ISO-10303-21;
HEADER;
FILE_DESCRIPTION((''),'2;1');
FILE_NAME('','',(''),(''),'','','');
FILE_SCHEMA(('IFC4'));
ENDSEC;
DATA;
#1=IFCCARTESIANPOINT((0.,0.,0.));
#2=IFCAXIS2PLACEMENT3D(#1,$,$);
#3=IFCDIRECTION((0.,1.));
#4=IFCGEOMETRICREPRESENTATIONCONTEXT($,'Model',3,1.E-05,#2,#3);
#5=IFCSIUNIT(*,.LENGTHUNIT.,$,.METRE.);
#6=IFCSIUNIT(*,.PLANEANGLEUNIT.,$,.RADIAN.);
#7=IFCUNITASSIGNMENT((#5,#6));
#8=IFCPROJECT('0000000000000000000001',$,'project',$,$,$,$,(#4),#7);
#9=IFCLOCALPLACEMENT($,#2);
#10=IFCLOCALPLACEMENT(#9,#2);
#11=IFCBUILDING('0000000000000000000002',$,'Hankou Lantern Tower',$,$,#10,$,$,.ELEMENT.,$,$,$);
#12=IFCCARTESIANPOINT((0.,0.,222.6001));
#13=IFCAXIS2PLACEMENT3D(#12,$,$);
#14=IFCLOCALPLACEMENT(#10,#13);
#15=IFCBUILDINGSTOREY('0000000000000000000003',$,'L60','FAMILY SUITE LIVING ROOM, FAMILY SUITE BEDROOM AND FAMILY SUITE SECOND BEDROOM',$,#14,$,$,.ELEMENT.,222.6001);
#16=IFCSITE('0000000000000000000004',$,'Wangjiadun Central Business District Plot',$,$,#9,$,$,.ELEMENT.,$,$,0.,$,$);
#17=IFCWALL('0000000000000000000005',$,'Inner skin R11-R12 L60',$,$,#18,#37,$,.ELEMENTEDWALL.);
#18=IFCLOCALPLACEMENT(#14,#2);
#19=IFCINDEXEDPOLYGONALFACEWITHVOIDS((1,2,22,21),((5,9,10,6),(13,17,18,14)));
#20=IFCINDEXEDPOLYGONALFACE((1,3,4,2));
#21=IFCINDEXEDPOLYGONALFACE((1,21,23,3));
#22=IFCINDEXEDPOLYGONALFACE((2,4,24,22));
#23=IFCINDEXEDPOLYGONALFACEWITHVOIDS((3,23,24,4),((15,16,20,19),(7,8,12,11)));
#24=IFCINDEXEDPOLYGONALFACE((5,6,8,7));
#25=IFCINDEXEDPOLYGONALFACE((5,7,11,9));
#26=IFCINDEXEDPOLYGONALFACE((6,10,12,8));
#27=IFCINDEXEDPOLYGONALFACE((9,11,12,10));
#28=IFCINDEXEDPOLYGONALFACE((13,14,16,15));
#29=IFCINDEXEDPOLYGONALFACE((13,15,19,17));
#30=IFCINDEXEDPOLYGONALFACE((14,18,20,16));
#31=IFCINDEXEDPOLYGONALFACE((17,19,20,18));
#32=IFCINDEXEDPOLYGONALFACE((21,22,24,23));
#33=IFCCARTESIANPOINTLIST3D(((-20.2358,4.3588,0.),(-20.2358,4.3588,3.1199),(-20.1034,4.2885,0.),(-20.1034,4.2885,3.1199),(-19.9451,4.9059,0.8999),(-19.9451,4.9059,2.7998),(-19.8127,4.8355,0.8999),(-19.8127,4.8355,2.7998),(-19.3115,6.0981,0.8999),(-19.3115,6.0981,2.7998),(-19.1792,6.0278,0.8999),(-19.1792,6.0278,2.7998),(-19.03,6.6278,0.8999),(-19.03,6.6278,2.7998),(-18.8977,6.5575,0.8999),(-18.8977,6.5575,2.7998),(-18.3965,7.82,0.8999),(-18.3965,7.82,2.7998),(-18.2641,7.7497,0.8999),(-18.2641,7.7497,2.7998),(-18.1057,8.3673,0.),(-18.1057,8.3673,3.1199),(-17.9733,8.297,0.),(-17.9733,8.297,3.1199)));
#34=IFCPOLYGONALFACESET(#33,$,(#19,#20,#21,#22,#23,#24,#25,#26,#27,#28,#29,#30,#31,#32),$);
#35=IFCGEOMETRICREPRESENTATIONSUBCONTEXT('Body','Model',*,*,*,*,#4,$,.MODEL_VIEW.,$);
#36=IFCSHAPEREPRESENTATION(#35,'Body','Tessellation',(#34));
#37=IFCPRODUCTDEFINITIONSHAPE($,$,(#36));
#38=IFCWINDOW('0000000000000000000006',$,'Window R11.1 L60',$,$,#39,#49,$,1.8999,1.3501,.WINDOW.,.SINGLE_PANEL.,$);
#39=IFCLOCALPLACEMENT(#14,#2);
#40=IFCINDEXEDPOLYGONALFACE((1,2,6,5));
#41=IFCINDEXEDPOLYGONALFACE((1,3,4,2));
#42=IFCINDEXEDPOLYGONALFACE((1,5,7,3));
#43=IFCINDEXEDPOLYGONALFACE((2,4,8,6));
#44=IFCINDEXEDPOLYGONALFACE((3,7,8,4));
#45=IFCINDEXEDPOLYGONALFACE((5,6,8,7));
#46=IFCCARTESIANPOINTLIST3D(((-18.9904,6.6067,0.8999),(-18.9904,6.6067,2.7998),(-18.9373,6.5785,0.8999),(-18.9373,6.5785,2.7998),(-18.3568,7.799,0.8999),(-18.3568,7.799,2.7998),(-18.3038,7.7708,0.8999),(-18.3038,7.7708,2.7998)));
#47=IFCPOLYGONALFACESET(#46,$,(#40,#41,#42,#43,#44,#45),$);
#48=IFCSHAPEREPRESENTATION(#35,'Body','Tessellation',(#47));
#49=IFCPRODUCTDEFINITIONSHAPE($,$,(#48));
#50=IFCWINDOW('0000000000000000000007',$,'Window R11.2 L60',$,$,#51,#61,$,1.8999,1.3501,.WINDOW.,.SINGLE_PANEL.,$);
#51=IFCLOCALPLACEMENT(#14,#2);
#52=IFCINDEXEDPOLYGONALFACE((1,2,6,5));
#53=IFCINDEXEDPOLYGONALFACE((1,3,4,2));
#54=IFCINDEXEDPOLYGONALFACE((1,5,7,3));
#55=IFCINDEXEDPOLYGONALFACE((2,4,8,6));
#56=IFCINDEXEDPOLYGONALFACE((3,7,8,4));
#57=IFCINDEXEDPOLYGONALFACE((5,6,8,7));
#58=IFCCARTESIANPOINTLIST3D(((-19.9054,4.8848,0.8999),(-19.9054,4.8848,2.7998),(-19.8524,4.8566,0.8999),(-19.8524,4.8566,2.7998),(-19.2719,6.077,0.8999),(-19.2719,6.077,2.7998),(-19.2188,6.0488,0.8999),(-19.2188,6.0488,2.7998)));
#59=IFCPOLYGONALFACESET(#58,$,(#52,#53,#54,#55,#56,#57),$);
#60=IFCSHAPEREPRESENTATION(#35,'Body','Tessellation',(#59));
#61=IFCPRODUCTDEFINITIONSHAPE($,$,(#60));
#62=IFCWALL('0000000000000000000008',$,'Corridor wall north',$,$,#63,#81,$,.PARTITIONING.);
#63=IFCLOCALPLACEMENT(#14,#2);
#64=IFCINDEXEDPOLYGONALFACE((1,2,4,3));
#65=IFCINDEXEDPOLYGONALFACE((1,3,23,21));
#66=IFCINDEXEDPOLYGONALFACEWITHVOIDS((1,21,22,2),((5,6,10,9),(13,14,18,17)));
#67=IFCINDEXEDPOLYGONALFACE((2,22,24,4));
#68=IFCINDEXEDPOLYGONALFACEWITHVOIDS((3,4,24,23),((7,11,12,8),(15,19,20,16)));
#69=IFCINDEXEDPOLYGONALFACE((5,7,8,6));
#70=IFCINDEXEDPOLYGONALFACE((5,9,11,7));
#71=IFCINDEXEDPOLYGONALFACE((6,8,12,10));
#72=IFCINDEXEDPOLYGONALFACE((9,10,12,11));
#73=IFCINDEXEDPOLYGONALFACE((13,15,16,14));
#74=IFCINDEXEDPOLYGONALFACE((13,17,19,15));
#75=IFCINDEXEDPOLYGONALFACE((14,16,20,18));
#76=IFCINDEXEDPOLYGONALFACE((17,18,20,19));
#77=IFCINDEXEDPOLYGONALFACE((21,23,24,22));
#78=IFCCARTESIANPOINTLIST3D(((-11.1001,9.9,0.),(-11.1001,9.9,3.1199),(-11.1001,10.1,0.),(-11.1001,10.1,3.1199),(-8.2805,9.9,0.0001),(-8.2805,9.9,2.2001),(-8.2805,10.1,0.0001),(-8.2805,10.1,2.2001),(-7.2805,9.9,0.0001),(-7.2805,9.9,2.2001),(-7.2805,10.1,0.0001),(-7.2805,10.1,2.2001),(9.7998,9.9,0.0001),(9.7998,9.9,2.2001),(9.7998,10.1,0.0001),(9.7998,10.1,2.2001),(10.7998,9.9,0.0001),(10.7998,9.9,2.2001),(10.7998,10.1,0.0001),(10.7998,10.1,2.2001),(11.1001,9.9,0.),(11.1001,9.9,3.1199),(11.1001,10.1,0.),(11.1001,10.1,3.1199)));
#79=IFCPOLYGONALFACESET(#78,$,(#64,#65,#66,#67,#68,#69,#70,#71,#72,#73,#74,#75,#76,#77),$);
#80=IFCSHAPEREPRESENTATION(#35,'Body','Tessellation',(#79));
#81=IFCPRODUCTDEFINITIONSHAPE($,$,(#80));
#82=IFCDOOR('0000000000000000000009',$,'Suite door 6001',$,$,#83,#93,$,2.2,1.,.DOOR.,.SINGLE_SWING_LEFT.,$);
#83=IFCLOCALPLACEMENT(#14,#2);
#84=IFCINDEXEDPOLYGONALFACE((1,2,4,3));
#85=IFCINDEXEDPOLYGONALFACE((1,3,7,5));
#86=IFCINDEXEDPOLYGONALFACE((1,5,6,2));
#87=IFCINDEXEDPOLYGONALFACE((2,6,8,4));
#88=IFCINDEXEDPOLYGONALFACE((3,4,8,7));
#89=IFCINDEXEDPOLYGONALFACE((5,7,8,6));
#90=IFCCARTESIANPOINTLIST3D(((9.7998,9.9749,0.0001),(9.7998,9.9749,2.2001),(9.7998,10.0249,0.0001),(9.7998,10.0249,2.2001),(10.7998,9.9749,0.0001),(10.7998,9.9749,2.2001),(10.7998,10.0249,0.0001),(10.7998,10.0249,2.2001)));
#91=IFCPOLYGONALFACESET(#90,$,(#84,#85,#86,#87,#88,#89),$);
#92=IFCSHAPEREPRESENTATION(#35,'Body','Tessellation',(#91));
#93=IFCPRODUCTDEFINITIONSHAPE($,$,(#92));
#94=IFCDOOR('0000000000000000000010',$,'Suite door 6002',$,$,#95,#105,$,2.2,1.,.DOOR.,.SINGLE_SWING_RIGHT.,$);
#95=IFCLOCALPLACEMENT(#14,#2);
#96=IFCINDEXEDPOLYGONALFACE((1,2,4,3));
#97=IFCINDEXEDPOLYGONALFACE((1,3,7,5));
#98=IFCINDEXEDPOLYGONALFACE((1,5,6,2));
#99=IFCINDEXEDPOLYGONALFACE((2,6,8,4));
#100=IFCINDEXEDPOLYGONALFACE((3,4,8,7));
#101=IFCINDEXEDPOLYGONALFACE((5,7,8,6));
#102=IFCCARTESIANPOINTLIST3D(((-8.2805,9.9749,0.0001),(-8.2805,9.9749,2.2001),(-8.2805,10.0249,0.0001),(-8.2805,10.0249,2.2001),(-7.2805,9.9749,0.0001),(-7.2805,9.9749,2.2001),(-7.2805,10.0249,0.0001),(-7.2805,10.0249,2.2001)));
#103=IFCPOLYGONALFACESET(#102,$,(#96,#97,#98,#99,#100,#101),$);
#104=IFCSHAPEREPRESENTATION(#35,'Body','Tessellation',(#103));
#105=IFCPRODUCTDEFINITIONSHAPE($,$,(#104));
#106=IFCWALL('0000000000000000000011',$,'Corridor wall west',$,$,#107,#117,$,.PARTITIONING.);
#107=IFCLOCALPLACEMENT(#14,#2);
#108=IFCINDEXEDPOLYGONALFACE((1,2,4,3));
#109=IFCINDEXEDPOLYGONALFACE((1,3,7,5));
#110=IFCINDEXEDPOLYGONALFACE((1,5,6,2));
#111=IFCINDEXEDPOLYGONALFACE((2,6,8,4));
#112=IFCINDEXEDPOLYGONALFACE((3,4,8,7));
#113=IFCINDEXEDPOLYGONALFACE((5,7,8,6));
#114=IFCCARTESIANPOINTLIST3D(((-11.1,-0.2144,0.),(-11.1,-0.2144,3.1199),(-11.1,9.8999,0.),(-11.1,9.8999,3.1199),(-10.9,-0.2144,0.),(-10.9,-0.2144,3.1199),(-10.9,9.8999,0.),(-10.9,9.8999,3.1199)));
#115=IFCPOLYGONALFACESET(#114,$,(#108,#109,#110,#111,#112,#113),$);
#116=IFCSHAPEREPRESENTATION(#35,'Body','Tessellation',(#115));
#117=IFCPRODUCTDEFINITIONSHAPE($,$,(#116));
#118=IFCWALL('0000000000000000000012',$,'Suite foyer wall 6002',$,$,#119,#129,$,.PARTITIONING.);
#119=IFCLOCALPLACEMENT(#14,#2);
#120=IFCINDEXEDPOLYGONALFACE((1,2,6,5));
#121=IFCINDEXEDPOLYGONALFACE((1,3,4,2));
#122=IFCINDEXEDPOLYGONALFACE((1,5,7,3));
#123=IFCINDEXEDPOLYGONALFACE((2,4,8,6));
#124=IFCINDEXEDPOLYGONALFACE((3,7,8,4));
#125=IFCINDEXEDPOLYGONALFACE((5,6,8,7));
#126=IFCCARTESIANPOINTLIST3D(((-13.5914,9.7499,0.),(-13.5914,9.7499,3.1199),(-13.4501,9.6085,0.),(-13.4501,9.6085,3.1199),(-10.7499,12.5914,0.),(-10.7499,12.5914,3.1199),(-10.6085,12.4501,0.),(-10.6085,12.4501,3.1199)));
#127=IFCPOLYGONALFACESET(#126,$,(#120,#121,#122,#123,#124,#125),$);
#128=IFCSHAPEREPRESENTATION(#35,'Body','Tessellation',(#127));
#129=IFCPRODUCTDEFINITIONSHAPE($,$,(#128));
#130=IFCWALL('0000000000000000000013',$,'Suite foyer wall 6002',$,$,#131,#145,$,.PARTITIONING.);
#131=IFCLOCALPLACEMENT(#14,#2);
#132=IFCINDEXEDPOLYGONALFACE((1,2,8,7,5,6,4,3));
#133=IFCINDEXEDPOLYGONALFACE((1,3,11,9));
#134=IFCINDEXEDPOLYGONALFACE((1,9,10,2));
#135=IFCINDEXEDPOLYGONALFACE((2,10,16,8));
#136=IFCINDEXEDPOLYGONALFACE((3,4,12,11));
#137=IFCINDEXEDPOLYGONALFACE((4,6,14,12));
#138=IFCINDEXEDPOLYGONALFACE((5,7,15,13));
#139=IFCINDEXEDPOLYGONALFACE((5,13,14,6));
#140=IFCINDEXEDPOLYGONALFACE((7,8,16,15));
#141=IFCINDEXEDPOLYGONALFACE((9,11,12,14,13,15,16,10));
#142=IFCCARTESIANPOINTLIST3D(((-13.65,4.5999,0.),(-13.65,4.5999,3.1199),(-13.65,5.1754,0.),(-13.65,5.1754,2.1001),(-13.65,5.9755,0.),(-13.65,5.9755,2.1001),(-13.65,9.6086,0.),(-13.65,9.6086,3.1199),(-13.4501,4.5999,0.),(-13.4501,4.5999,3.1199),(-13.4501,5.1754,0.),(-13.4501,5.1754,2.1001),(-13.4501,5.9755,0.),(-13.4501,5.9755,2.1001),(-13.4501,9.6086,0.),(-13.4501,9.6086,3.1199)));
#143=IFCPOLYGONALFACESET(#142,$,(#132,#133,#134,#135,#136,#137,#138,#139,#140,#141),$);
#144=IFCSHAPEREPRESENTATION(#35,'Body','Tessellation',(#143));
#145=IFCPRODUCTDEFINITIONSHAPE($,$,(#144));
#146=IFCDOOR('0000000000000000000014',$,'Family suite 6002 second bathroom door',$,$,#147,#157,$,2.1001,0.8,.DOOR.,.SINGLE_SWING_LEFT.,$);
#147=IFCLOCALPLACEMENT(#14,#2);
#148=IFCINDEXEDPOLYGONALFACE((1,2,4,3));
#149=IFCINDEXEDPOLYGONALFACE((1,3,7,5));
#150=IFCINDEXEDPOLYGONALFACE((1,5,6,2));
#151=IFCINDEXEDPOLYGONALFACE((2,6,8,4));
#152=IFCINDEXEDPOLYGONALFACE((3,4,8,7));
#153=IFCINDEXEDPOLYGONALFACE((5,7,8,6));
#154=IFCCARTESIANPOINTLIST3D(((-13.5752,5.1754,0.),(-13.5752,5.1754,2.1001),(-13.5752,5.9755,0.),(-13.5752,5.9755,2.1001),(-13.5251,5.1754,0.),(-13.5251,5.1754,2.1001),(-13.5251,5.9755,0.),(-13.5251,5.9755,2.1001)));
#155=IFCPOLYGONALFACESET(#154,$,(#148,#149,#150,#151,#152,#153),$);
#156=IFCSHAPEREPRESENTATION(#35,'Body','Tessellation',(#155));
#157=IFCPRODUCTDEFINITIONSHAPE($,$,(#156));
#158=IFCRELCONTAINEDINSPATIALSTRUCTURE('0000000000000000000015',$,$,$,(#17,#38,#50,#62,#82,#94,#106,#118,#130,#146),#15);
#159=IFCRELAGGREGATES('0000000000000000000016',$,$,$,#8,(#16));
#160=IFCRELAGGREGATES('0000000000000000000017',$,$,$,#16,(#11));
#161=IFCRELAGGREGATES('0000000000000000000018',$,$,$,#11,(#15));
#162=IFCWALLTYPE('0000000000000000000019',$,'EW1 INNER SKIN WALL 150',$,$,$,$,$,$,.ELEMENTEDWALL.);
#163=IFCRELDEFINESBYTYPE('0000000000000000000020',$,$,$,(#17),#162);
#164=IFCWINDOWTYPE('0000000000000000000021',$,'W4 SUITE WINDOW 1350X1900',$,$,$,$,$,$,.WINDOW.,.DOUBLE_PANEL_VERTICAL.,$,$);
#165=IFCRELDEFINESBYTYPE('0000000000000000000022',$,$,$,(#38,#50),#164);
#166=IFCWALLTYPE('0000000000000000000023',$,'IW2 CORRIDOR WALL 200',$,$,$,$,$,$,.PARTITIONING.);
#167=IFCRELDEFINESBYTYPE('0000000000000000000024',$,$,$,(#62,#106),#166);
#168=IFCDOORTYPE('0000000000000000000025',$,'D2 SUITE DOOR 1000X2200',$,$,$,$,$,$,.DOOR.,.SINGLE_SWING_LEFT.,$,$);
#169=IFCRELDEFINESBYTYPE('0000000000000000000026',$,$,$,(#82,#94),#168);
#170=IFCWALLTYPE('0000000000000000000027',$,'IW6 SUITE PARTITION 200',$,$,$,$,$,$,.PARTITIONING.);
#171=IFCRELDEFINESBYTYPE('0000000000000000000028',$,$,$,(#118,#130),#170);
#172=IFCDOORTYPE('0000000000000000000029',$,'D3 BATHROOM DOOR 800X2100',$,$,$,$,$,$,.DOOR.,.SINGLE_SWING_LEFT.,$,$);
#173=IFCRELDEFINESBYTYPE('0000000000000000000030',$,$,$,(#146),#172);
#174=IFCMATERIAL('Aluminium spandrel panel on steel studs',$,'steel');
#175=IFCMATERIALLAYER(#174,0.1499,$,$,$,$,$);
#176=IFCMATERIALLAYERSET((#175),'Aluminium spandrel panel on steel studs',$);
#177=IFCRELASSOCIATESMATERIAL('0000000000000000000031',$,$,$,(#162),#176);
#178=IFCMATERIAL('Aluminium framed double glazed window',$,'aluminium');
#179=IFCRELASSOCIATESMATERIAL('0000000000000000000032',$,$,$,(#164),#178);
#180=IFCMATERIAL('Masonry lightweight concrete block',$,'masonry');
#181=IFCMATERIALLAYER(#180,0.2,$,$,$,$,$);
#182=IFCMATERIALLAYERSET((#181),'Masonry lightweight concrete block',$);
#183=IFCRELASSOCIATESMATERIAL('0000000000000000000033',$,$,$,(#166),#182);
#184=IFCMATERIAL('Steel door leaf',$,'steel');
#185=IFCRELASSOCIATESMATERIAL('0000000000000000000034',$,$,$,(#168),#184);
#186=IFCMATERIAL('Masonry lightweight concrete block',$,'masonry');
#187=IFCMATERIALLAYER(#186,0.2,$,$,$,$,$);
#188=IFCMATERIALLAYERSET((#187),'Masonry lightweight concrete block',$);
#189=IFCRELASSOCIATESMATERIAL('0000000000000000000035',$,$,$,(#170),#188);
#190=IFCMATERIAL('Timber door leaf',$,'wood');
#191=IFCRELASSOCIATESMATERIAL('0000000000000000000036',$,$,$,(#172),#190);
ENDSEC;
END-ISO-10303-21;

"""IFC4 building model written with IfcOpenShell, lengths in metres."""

from ifc_helpers import new_model, si_unit, direction, frame, frame_2d, origin, place, context, subcontext, project, spatial, rectangle, extrude, material, layer, layer_set, type_object, element, fill, save


model = new_model("IFC4")

# Units and contexts
model_context = context("Model", 3, precision=1e-05, world=origin(), true_north=direction((0.0, 1.0)))
body_context = subcontext(model_context, "Body", "Model", "MODEL_VIEW")
ifc_project = project(units=[si_unit("LENGTHUNIT", "METRE"), si_unit("PLANEANGLEUNIT", "RADIAN")], contexts=[model_context])

# Site, building, storey
site_placement = place(None, origin())
site = spatial("IfcSite", under=ifc_project, at=site_placement, Name="Wangjiadun Central Business District Plot", CompositionType="ELEMENT", RefElevation=0.0)
building_placement = place(site_placement, origin())
building = spatial("IfcBuilding", under=site, at=building_placement, Name="Hankou Lantern Tower", CompositionType="ELEMENT")
storey_placement = place(building_placement, frame((0.0, 0.0, 222.6001)))
storey = spatial("IfcBuildingStorey", under=building, at=storey_placement, Name="L60", Description="FAMILY SUITE LIVING ROOM, FAMILY SUITE BEDROOM AND FAMILY SUITE SECOND BEDROOM", CompositionType="ELEMENT", Elevation=222.6001)

# Wall, openings, windows
ifc_material_1 = material(Name="Aluminium spandrel panel on steel studs", Category="steel")
ifc_layer_1 = layer(ifc_material_1, 0.1499)
ifc_layer_set_1 = layer_set([ifc_layer_1], Name="Aluminium spandrel panel on steel studs")
wall_type_1 = type_object("IfcWallType", Name="EW1 INNER SKIN WALL 150", PredefinedType="ELEMENTEDWALL", material=ifc_layer_set_1)
ifc_material_2 = material(Name="Aluminium framed double glazed window", Category="aluminium")
window_type = type_object("IfcWindowType", Name="W4 SUITE WINDOW 1350X1900", PartitioningType="DOUBLE_PANEL_VERTICAL", PredefinedType="WINDOW", material=ifc_material_2)
wall_1_placement = place(storey_placement, frame((-18.0396, 8.332, 0.0), z_axis=(0.0, 0.0, 1.0), x_axis=(-0.469256, -0.883062, 0.0)))
wall_1 = element("IfcWall", 1, at=wall_1_placement, inside=storey, type_object=wall_type_1, Name="Inner skin R11-R12 L60", PredefinedType="ELEMENTEDWALL", context=body_context, shape_type="SweptSolid", body=[
    extrude(rectangle(XDim=4.5393, YDim=0.1499, at=frame_2d((2.2695, 0.0))), origin(), (0.0, 0.0, 1.0), 3.1199),
])
opening_1_placement = place(wall_1_placement, frame((0.6196, 0.0, 0.8999)))
opening_1 = element("IfcOpeningElement", 2, at=opening_1_placement, cuts=wall_1, PredefinedType="OPENING", context=body_context, shape_type="SweptSolid", body=[
    extrude(rectangle(XDim=1.3501, YDim=1.8999, at=frame_2d((0.675, 0.95))), frame((0.0, 0.085, 0.0), z_axis=(0.0, -1.0, 0.0), x_axis=(1.0, 0.0, 0.0)), (0.0, 0.0, 1.0), 0.1699),
])
opening_2_placement = place(wall_1_placement, frame((2.5696, 0.0, 0.8999)))
opening_2 = element("IfcOpeningElement", 3, at=opening_2_placement, cuts=wall_1, PredefinedType="OPENING", context=body_context, shape_type="SweptSolid", body=[
    extrude(rectangle(XDim=1.3501, YDim=1.8999, at=frame_2d((0.675, 0.95))), frame((0.0, 0.085, 0.0), z_axis=(0.0, -1.0, 0.0), x_axis=(1.0, 0.0, 0.0)), (0.0, 0.0, 1.0), 0.1699),
])
window_1_placement = place(opening_1_placement, origin())
window_1 = element("IfcWindow", 4, at=window_1_placement, inside=storey, type_object=window_type, Name="Window R11.1 L60", OverallHeight=1.8999, OverallWidth=1.3501, PartitioningType="SINGLE_PANEL", PredefinedType="WINDOW", context=body_context, shape_type="SweptSolid", body=[
    extrude(rectangle(XDim=1.3501, YDim=1.8999, at=frame_2d((0.675, 0.95))), frame((0.0, 0.03, 0.0), z_axis=(0.0, -1.0, 0.0), x_axis=(1.0, 0.0, 0.0)), (0.0, 0.0, 1.0), 0.0601),
])
fill(opening_1, window_1)
window_2_placement = place(opening_2_placement, origin())
window_2 = element("IfcWindow", 5, at=window_2_placement, inside=storey, type_object=window_type, Name="Window R11.2 L60", OverallHeight=1.8999, OverallWidth=1.3501, PartitioningType="SINGLE_PANEL", PredefinedType="WINDOW", context=body_context, shape_type="SweptSolid", body=[
    extrude(rectangle(XDim=1.3501, YDim=1.8999, at=frame_2d((0.675, 0.95))), frame((0.0, 0.03, 0.0), z_axis=(0.0, -1.0, 0.0), x_axis=(1.0, 0.0, 0.0)), (0.0, 0.0, 1.0), 0.0601),
])
fill(opening_2, window_2)

# Wall, openings, doors
ifc_material_3 = material(Name="Masonry lightweight concrete block", Category="masonry")
ifc_layer_2 = layer(ifc_material_3, 0.2)
ifc_layer_set_2 = layer_set([ifc_layer_2], Name="Masonry lightweight concrete block")
wall_type_2 = type_object("IfcWallType", Name="IW2 CORRIDOR WALL 200", PredefinedType="PARTITIONING", material=ifc_layer_set_2)
wall_2_placement = place(storey_placement, frame((-11.1001, 10.0, 0.0), z_axis=(0.0, 0.0, 1.0), x_axis=(1.0, 0.0, 0.0)))
wall_2 = element("IfcWall", 6, at=wall_2_placement, inside=storey, type_object=wall_type_2, Name="Corridor wall north", PredefinedType="PARTITIONING", context=body_context, shape_type="SweptSolid", body=[
    extrude(rectangle(XDim=22.2002, YDim=0.2, at=frame_2d((11.1001, 0.0))), origin(), (0.0, 0.0, 1.0), 3.1199),
])
opening_3_placement = place(wall_2_placement, frame((20.8999, 0.0, 0.0)))
opening_3 = element("IfcOpeningElement", 7, at=opening_3_placement, cuts=wall_2, PredefinedType="OPENING", context=body_context, shape_type="SweptSolid", body=[
    extrude(rectangle(XDim=1.0, YDim=2.2, at=frame_2d((0.5, 1.1001))), frame((0.0, 0.1099, 0.0), z_axis=(0.0, -1.0, 0.0), x_axis=(1.0, 0.0, 0.0)), (0.0, 0.0, 1.0), 0.22),
])
opening_4_placement = place(wall_2_placement, frame((2.8196, 0.0, 0.0)))
opening_4 = element("IfcOpeningElement", 8, at=opening_4_placement, cuts=wall_2, PredefinedType="OPENING", context=body_context, shape_type="SweptSolid", body=[
    extrude(rectangle(XDim=1.0, YDim=2.2, at=frame_2d((0.5, 1.1001))), frame((0.0, 0.1099, 0.0), z_axis=(0.0, -1.0, 0.0), x_axis=(1.0, 0.0, 0.0)), (0.0, 0.0, 1.0), 0.22),
])
ifc_material_4 = material(Name="Steel door leaf", Category="steel")
door_type_1 = type_object("IfcDoorType", Name="D2 SUITE DOOR 1000X2200", OperationType="SINGLE_SWING_LEFT", PredefinedType="DOOR", material=ifc_material_4)
door_1_placement = place(opening_3_placement, origin())
door_1 = element("IfcDoor", 9, at=door_1_placement, inside=storey, type_object=door_type_1, Name="Suite door 6001", OperationType="SINGLE_SWING_LEFT", OverallHeight=2.2, OverallWidth=1.0, PredefinedType="DOOR", context=body_context, shape_type="SweptSolid", body=[
    extrude(rectangle(XDim=1.0, YDim=2.2, at=frame_2d((0.5, 1.1001))), frame((0.0, 0.0249, 0.0), z_axis=(0.0, -1.0, 0.0), x_axis=(1.0, 0.0, 0.0)), (0.0, 0.0, 1.0), 0.05),
])
fill(opening_3, door_1)
door_2_placement = place(opening_4_placement, origin())
door_2 = element("IfcDoor", 10, at=door_2_placement, inside=storey, type_object=door_type_1, Name="Suite door 6002", OperationType="SINGLE_SWING_RIGHT", OverallHeight=2.2, OverallWidth=1.0, PredefinedType="DOOR", context=body_context, shape_type="SweptSolid", body=[
    extrude(rectangle(XDim=1.0, YDim=2.2, at=frame_2d((0.5, 1.1001))), frame((0.0, 0.0249, 0.0), z_axis=(0.0, -1.0, 0.0), x_axis=(1.0, 0.0, 0.0)), (0.0, 0.0, 1.0), 0.05),
])
fill(opening_4, door_2)

# Walls
wall_3_placement = place(storey_placement, frame((-11.0, 9.8999, 0.0), z_axis=(0.0, 0.0, 1.0), x_axis=(0.0, -1.0, 0.0)))
element("IfcWall", 11, at=wall_3_placement, inside=storey, type_object=wall_type_2, Name="Corridor wall west", PredefinedType="PARTITIONING", context=body_context, shape_type="SweptSolid", body=[
    extrude(rectangle(XDim=10.1143, YDim=0.2, at=frame_2d((5.0571, 0.0))), origin(), (0.0, 0.0, 1.0), 3.1199),
])
ifc_material_5 = material(Name="Masonry lightweight concrete block", Category="masonry")
ifc_layer_3 = layer(ifc_material_5, 0.2)
ifc_layer_set_3 = layer_set([ifc_layer_3], Name="Masonry lightweight concrete block")
wall_type_3 = type_object("IfcWallType", Name="IW6 SUITE PARTITION 200", PredefinedType="PARTITIONING", material=ifc_layer_set_3)
wall_4_placement = place(storey_placement, frame((-10.6792, 12.5208, 0.0), z_axis=(0.0, 0.0, 1.0), x_axis=(-0.707107, -0.707107, 0.0)))
element("IfcWall", 12, at=wall_4_placement, inside=storey, type_object=wall_type_3, Name="Suite foyer wall 6002", PredefinedType="PARTITIONING", context=body_context, shape_type="SweptSolid", body=[
    extrude(rectangle(XDim=4.0186, YDim=0.2, at=frame_2d((2.0093, 0.0))), origin(), (0.0, 0.0, 1.0), 3.1199),
])

# Wall, opening, door
wall_5_placement = place(storey_placement, frame((-13.55, 9.6086, 0.0), z_axis=(0.0, 0.0, 1.0), x_axis=(0.0, -1.0, 0.0)))
wall_5 = element("IfcWall", 13, at=wall_5_placement, inside=storey, type_object=wall_type_3, Name="Suite foyer wall 6002", PredefinedType="PARTITIONING", context=body_context, shape_type="SweptSolid", body=[
    extrude(rectangle(XDim=5.0088, YDim=0.2, at=frame_2d((2.5044, 0.0))), origin(), (0.0, 0.0, 1.0), 3.1199),
])
opening_5_placement = place(wall_5_placement, frame((3.6333, 0.0, 0.0)))
opening_5 = element("IfcOpeningElement", 14, at=opening_5_placement, cuts=wall_5, PredefinedType="OPENING", context=body_context, shape_type="SweptSolid", body=[
    extrude(rectangle(XDim=0.8, YDim=2.1001, at=frame_2d((0.3999, 1.05))), frame((0.0, 0.1099, 0.0), z_axis=(0.0, -1.0, 0.0), x_axis=(1.0, 0.0, 0.0)), (0.0, 0.0, 1.0), 0.22),
])
ifc_material_6 = material(Name="Timber door leaf", Category="wood")
door_type_2 = type_object("IfcDoorType", Name="D3 BATHROOM DOOR 800X2100", OperationType="SINGLE_SWING_LEFT", PredefinedType="DOOR", material=ifc_material_6)
door_3_placement = place(opening_5_placement, origin())
door_3 = element("IfcDoor", 15, at=door_3_placement, inside=storey, type_object=door_type_2, Name="Family suite 6002 second bathroom door", OperationType="SINGLE_SWING_LEFT", OverallHeight=2.1001, OverallWidth=0.8, PredefinedType="DOOR", context=body_context, shape_type="SweptSolid", body=[
    extrude(rectangle(XDim=0.8, YDim=2.1001, at=frame_2d((0.3999, 1.05))), frame((0.0, 0.0249, 0.0), z_axis=(0.0, -1.0, 0.0), x_axis=(1.0, 0.0, 0.0)), (0.0, 0.0, 1.0), 0.05),
])
fill(opening_5, door_3)

save(model, "model.ifc")
